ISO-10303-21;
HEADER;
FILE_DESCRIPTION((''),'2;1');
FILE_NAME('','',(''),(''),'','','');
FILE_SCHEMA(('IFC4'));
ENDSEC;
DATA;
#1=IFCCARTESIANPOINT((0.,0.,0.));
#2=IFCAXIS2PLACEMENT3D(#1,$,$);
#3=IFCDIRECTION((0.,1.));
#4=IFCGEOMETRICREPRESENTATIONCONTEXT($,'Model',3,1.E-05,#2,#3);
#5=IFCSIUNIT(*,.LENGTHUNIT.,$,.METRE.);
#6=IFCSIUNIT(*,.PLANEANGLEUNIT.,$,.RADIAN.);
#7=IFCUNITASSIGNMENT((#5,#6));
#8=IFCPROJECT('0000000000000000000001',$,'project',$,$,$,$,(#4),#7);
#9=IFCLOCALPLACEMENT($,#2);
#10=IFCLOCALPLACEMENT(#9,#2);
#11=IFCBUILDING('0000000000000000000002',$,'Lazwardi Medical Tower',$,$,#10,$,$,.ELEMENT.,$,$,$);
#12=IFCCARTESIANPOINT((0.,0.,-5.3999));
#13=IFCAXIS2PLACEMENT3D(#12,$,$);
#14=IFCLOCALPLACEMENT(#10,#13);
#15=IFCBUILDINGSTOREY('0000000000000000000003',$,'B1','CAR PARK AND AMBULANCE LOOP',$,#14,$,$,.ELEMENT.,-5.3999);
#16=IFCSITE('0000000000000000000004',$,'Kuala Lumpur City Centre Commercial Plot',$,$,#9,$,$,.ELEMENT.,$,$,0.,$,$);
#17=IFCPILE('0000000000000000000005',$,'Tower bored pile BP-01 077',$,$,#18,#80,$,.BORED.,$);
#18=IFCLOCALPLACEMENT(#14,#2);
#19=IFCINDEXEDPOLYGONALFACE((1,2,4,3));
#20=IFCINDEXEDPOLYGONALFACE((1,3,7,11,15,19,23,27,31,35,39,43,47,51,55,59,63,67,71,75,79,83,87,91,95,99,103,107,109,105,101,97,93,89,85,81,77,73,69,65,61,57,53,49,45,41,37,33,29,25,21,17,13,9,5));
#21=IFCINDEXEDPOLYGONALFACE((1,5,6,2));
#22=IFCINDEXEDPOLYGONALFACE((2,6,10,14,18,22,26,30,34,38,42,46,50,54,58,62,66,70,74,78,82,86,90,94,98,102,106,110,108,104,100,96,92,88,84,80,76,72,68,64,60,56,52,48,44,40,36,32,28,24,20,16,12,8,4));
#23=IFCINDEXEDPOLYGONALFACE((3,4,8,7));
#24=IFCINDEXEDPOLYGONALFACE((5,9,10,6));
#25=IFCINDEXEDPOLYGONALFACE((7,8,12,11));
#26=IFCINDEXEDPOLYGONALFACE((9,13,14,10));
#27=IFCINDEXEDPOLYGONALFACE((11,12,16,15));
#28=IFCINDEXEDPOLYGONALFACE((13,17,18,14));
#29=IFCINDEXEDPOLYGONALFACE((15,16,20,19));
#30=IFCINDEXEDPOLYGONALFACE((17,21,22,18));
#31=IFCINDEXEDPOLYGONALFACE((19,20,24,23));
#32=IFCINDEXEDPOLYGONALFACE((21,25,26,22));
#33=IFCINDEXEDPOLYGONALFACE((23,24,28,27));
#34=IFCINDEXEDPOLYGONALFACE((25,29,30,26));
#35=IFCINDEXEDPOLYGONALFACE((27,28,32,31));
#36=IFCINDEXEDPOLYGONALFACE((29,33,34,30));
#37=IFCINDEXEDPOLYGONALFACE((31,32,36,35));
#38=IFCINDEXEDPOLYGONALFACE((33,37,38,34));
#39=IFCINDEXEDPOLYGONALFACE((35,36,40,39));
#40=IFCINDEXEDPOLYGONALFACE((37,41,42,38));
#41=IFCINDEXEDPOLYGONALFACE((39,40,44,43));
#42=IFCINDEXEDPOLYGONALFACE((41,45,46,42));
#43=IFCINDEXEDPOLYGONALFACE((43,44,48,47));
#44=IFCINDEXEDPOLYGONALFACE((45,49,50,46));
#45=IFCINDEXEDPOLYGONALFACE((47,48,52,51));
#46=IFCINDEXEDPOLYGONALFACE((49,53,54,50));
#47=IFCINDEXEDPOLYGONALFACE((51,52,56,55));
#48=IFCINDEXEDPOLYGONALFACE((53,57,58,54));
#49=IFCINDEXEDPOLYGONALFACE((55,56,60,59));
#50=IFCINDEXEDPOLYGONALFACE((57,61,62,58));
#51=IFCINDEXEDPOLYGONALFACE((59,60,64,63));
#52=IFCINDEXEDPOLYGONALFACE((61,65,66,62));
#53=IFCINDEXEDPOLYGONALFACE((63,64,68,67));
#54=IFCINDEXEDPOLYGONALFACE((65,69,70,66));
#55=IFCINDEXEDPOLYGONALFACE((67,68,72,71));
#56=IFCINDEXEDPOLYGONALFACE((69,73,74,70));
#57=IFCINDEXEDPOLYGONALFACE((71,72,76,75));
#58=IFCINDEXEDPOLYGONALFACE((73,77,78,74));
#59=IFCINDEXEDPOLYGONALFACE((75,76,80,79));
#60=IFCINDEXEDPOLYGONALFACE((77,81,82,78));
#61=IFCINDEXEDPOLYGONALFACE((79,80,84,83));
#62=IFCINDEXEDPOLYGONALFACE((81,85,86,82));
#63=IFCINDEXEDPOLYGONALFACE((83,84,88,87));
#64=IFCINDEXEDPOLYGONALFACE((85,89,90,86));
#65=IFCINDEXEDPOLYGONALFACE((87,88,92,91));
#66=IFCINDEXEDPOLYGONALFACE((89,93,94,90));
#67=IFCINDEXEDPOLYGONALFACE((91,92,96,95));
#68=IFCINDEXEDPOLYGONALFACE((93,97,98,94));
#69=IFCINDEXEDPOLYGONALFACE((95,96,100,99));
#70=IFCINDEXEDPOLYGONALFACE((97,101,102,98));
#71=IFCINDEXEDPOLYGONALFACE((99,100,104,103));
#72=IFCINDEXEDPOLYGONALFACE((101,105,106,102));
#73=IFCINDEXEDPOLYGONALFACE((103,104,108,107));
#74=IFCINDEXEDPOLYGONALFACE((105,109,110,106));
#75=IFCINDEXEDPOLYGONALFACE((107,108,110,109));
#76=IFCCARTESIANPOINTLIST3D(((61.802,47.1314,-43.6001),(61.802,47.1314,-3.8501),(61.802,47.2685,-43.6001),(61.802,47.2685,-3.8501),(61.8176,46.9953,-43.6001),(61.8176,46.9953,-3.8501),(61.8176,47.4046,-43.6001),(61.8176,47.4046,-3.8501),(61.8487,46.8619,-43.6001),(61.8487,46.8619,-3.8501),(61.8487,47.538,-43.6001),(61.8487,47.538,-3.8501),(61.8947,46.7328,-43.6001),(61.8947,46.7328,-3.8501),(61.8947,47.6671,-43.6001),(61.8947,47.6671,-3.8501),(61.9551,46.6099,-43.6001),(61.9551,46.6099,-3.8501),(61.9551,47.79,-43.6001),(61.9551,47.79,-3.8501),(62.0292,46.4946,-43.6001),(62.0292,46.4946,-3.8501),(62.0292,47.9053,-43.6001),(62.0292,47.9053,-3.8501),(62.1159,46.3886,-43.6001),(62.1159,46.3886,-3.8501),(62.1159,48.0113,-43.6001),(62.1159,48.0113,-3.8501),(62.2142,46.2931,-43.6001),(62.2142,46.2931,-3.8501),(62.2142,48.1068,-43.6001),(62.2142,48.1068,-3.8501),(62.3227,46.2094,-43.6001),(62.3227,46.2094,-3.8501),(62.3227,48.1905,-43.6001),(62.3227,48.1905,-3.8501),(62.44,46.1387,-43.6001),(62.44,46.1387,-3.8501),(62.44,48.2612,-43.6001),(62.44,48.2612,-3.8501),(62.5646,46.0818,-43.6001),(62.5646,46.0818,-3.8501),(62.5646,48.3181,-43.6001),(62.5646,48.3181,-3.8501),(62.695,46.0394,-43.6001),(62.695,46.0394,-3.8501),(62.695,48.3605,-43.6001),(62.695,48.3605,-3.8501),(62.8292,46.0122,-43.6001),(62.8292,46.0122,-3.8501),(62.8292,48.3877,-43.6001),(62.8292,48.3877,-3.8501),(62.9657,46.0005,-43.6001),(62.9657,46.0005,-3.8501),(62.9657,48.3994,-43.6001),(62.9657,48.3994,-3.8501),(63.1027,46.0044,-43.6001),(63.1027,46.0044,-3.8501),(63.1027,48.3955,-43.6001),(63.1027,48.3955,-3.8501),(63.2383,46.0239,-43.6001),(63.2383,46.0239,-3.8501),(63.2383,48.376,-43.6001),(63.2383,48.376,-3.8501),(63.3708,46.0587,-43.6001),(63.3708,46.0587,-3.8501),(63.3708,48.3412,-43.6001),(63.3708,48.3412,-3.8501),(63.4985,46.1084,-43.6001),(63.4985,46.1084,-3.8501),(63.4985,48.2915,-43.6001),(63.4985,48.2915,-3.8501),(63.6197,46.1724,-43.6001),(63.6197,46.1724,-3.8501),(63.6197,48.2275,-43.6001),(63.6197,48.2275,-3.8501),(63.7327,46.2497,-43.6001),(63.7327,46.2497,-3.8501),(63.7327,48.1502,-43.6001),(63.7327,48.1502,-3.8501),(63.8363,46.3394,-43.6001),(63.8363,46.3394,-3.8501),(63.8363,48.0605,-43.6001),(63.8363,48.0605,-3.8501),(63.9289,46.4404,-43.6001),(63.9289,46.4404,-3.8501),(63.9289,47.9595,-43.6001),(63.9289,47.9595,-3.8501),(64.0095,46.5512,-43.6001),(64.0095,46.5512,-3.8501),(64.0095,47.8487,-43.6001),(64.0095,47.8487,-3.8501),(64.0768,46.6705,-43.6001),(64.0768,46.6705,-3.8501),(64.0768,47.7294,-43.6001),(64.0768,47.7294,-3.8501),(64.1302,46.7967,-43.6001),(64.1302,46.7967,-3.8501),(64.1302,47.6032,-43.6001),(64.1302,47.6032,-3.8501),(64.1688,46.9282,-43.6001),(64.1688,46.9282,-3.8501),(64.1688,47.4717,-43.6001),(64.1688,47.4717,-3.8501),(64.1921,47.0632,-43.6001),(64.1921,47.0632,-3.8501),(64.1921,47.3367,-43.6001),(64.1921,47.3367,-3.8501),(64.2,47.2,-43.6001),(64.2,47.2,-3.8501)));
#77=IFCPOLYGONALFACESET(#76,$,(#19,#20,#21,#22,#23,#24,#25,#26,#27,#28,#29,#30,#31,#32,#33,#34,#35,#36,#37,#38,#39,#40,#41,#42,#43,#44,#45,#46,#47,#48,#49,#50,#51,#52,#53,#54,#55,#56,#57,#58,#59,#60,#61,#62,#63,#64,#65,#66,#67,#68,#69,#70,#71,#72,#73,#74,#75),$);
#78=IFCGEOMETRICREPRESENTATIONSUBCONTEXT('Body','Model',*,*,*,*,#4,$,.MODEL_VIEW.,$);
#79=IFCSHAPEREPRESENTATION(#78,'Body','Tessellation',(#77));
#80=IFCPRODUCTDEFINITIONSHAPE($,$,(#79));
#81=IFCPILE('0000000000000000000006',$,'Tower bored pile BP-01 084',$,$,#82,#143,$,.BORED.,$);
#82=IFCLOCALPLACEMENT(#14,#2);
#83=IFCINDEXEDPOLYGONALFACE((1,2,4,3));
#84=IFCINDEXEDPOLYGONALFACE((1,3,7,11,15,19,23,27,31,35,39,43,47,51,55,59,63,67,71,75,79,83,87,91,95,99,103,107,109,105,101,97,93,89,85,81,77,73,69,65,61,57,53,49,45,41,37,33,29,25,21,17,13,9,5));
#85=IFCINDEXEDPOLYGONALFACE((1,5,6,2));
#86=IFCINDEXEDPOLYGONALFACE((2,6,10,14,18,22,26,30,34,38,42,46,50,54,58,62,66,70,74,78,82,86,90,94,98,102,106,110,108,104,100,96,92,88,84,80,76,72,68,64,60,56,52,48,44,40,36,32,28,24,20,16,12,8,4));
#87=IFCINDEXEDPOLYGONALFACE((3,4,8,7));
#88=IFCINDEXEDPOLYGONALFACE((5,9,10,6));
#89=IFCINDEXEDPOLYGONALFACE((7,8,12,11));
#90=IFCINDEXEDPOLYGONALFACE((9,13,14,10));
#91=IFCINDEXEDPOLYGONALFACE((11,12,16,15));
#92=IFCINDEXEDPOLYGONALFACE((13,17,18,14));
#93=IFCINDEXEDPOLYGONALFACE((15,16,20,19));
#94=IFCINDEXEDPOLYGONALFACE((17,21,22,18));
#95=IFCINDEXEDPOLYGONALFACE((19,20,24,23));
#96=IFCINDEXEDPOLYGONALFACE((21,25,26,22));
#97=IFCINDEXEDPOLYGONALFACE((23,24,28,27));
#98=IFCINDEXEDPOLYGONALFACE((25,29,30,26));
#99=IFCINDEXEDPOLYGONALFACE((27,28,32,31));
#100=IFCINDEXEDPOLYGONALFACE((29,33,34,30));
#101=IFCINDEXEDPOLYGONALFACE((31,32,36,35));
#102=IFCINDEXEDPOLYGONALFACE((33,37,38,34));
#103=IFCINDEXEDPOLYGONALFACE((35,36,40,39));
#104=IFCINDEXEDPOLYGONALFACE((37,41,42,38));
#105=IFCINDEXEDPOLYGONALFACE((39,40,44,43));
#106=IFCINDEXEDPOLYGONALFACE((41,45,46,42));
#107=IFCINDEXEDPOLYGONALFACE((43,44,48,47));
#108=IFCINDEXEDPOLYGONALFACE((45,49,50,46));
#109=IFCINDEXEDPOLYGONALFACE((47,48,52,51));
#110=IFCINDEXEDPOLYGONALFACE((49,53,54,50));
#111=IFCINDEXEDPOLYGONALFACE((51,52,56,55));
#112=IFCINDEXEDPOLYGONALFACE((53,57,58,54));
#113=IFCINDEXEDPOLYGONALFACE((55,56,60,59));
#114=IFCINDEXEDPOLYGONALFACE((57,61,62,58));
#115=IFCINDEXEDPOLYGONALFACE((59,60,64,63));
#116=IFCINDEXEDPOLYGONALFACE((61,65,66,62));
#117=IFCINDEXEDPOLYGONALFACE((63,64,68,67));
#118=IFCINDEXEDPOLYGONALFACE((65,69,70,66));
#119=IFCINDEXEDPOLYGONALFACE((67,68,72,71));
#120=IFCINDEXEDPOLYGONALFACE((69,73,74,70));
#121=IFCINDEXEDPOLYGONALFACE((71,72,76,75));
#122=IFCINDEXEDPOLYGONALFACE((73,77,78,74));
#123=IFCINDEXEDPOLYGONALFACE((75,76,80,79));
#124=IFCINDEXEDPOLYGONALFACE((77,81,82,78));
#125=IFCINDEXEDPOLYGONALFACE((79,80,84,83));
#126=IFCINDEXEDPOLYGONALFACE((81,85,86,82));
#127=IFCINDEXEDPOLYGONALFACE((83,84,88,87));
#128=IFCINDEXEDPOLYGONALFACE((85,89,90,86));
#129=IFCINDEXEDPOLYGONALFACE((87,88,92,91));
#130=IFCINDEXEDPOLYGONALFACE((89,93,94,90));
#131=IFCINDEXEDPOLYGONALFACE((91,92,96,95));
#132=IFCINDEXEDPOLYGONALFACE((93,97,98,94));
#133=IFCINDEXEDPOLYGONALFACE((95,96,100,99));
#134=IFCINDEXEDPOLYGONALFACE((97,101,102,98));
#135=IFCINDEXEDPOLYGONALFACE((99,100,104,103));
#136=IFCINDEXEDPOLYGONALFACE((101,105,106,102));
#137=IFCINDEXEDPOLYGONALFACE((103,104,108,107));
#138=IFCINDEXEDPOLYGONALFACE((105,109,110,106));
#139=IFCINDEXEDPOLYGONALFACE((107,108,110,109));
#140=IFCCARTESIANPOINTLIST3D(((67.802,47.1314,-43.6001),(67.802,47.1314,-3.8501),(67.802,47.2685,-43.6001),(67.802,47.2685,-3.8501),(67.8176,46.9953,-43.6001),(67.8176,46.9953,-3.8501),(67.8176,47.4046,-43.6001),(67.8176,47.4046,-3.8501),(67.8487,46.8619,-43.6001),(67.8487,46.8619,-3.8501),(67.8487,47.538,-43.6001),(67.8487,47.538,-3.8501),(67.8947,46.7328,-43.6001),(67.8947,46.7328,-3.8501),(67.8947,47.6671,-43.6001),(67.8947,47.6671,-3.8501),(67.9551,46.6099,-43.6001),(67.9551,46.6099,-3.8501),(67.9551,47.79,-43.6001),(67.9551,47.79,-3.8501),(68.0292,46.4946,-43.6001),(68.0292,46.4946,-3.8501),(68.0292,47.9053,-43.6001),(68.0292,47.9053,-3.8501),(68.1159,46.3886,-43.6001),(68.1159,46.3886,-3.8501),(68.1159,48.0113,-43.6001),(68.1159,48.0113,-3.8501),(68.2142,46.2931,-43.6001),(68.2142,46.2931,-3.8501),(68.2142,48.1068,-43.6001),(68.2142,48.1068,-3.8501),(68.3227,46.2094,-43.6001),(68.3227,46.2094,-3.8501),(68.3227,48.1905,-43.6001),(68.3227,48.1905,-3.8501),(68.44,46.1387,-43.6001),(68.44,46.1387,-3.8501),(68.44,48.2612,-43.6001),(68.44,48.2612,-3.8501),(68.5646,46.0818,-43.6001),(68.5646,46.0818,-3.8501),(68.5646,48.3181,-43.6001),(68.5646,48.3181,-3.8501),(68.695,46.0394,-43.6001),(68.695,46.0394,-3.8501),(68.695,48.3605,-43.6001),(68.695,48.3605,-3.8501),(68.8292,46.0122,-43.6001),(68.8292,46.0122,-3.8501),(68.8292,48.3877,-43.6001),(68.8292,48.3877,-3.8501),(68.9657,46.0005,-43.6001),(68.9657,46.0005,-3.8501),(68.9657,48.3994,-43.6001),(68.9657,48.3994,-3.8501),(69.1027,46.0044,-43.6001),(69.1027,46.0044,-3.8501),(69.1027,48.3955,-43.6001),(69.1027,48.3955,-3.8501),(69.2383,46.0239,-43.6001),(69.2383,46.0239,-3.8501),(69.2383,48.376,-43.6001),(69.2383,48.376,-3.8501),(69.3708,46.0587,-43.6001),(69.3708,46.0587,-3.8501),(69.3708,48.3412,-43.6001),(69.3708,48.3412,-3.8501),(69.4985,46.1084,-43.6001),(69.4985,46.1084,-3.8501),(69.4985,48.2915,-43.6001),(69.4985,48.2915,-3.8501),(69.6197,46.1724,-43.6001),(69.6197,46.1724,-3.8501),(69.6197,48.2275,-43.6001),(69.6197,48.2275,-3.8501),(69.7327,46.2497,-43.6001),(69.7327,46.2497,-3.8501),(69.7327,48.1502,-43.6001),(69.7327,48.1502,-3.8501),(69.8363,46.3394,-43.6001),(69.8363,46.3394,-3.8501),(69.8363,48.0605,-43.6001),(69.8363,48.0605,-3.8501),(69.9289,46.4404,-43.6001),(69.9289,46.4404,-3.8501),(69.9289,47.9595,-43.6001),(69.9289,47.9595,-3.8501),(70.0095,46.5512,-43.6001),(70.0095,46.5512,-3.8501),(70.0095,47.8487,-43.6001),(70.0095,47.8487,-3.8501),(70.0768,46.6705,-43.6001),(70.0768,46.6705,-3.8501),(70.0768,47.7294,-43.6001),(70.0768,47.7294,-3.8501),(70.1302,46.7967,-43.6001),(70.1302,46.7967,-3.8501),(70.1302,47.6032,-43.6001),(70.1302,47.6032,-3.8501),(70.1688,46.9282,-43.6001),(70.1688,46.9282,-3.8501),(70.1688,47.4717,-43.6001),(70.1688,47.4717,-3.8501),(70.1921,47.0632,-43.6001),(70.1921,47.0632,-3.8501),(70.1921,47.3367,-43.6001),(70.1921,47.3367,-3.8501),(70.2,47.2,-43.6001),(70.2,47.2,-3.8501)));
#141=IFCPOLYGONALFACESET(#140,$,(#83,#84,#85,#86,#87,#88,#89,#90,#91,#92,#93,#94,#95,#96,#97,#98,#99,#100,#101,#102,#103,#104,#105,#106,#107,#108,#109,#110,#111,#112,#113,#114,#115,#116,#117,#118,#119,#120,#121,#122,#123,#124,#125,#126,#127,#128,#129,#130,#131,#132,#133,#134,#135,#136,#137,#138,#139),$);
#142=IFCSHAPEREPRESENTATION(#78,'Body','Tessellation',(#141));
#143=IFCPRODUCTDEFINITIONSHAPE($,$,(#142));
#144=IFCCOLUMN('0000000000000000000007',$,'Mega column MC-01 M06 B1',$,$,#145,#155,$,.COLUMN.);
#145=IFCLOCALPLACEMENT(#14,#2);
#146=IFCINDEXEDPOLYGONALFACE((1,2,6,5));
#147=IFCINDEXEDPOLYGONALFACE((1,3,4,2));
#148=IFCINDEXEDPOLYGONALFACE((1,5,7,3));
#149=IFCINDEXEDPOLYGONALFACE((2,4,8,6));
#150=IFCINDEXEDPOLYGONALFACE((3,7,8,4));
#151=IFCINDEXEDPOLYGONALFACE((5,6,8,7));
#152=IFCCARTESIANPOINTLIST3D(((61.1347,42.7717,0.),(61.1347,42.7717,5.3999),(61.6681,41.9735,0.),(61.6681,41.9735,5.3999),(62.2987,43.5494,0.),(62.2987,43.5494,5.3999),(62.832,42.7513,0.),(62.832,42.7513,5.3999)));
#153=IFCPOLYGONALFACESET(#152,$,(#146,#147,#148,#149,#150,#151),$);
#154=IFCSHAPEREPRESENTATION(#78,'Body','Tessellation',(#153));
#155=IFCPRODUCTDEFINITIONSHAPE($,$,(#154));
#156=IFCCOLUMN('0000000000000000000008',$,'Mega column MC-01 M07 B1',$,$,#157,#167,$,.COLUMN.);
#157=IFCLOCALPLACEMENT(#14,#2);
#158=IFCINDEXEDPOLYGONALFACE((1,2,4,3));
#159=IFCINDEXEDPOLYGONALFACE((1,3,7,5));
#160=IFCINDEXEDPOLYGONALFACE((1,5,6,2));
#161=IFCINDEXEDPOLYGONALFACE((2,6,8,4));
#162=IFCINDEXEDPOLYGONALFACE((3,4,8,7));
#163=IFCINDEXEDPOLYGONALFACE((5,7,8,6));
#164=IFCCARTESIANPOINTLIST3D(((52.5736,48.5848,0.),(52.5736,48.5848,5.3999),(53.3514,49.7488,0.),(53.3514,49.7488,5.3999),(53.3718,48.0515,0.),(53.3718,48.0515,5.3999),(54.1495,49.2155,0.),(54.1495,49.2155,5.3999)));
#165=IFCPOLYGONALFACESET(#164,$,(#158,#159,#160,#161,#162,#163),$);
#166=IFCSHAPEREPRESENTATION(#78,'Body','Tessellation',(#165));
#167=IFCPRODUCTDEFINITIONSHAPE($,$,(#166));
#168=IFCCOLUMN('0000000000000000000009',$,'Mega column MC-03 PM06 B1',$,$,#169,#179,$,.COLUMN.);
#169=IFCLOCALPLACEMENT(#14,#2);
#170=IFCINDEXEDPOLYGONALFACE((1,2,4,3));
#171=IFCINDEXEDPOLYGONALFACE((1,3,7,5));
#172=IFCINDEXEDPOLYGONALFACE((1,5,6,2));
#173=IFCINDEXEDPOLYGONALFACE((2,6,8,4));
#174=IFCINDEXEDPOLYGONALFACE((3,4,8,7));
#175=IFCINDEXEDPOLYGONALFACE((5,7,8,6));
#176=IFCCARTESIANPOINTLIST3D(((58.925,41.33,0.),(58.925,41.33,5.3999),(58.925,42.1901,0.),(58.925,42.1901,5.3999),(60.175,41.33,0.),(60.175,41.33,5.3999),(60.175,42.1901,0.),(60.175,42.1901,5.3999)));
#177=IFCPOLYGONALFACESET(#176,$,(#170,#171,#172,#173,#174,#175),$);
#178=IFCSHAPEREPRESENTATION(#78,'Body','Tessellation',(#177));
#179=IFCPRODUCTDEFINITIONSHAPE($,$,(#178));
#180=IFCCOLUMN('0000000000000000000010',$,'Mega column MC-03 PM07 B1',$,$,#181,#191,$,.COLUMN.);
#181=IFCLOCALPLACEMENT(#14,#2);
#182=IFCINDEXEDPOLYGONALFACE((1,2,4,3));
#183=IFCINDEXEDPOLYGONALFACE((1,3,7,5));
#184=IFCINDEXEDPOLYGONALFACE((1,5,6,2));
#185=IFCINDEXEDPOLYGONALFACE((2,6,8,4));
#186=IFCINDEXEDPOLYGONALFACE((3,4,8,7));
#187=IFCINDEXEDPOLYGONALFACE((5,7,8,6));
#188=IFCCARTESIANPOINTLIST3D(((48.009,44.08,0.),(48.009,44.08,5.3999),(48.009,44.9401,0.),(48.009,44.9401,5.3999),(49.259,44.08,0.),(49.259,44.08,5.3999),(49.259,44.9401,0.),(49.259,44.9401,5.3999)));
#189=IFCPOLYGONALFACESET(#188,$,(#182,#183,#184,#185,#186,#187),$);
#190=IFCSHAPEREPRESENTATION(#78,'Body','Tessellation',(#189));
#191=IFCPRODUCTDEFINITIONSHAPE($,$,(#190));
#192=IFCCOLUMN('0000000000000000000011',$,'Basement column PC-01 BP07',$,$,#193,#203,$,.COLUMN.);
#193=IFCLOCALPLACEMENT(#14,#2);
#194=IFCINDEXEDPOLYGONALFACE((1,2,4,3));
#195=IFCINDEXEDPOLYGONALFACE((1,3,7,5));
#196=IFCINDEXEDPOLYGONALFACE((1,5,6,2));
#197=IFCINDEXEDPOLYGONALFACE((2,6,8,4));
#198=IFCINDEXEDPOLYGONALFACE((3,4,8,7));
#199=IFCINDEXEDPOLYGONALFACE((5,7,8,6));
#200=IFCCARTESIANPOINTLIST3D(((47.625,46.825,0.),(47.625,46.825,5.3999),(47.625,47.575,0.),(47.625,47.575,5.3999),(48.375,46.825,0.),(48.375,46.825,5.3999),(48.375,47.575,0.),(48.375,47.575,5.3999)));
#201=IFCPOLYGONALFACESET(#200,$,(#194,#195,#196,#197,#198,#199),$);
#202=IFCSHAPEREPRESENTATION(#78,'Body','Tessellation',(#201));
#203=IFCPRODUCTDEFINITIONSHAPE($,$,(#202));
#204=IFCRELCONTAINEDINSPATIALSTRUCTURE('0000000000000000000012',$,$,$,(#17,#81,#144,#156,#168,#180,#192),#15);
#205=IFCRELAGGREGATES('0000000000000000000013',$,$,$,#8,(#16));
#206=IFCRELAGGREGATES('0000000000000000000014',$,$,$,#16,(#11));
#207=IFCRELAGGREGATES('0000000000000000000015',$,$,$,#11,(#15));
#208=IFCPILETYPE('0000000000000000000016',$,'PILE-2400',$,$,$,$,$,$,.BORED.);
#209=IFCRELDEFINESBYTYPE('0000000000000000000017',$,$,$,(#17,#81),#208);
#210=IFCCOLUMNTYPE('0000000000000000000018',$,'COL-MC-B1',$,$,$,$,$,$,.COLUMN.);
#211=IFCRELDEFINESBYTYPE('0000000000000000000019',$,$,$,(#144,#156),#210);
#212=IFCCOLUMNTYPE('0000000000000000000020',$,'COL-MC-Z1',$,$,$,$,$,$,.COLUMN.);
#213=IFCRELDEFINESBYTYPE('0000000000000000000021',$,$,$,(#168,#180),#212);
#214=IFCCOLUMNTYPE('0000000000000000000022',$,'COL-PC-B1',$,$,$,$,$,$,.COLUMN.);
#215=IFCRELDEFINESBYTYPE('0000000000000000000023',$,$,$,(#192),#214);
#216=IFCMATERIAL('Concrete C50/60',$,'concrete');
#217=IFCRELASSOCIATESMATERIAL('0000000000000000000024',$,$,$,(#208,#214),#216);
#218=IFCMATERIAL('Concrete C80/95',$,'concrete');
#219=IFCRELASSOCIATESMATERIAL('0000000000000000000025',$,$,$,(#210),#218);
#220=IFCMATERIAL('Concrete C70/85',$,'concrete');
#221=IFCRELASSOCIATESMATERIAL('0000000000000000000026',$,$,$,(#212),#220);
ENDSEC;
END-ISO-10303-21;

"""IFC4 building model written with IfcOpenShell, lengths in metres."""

from ifc_helpers import new_model, si_unit, direction, frame, origin, origin_2d, place, context, subcontext, project, spatial, rectangle, circle, extrude, material, material_profile, profile_set, type_object, element, save


model = new_model("IFC4")

# Units and contexts
model_context = context("Model", 3, precision=1e-05, world=origin(), true_north=direction((0.0, 1.0)))
body_context = subcontext(model_context, "Body", "Model", "MODEL_VIEW")
ifc_project = project(units=[si_unit("LENGTHUNIT", "METRE"), si_unit("PLANEANGLEUNIT", "RADIAN")], contexts=[model_context])

# Site, building, storey
site_placement = place(None, origin())
site = spatial("IfcSite", under=ifc_project, at=site_placement, Name="Kuala Lumpur City Centre Commercial Plot", CompositionType="ELEMENT", RefElevation=0.0)
building_placement = place(site_placement, origin())
building = spatial("IfcBuilding", under=site, at=building_placement, Name="Lazwardi Medical Tower", CompositionType="ELEMENT")
storey_placement = place(building_placement, frame((0.0, 0.0, -5.3999)))
storey = spatial("IfcBuildingStorey", under=building, at=storey_placement, Name="B1", Description="CAR PARK AND AMBULANCE LOOP", CompositionType="ELEMENT", Elevation=-5.3999)

# Piles
ifc_material_1 = material(Name="Concrete C50/60", Category="concrete")
ifc_material_profile_1 = material_profile(ifc_material_1, circle(Radius=1.2, at=origin_2d()), Name="BORED PILE D2400")
ifc_profile_set_1 = profile_set([ifc_material_profile_1], Name="Concrete C50/60")
pile_type_1 = type_object("IfcPileType", Name="PILE-2400", PredefinedType="BORED", material=ifc_profile_set_1)
for number, where, z_axis, x_axis, name in (
    (1, (63.0, 47.2, -3.8501), (0.0, 0.0, -1.0), (1.0, 0.0, 0.0), "Tower bored pile BP-01 077"),
    (2, (69.0, 47.2, -3.8501), (0.0, 0.0, -1.0), (1.0, 0.0, 0.0), "Tower bored pile BP-01 084"),
):
    element("IfcPile", number, at=place(storey_placement, frame(where, z_axis=z_axis, x_axis=x_axis)), inside=storey, type_object=pile_type_1, Name=name, PredefinedType="BORED", context=body_context, shape_type="SweptSolid", body=[
        extrude(circle(Radius=1.2, at=origin_2d()), origin(), (0.0, 0.0, 1.0), 39.75),
    ])

# Columns
ifc_material_2 = material(Name="Concrete C80/95", Category="concrete")
ifc_material_profile_2 = material_profile(ifc_material_2, rectangle(XDim=1.3999, YDim=0.96, at=origin_2d()), Name="CFT-RECT 1400x960")
ifc_profile_set_2 = profile_set([ifc_material_profile_2], Name="Concrete C80/95")
column_type_1 = type_object("IfcColumnType", Name="COL-MC-B1", PredefinedType="COLUMN", material=ifc_profile_set_2)
for number, where, z_axis, x_axis, name in (
    (3, (61.9834, 42.7615, 0.0), (0.0, 0.0, 1.0), (0.83147, 0.55557, 0.0), "Mega column MC-01 M06 B1"),
    (4, (53.3616, 48.9001, 0.0), (0.0, 0.0, 1.0), (0.55557, 0.83147, 0.0), "Mega column MC-01 M07 B1"),
):
    element("IfcColumn", number, at=place(storey_placement, frame(where, z_axis=z_axis, x_axis=x_axis)), inside=storey, type_object=column_type_1, Name=name, PredefinedType="COLUMN", context=body_context, shape_type="SweptSolid", body=[
        extrude(rectangle(XDim=1.3999, YDim=0.96, at=origin_2d()), origin(), (0.0, 0.0, 1.0), 5.3999),
    ])
ifc_material_3 = material(Name="Concrete C70/85", Category="concrete")
ifc_material_profile_3 = material_profile(ifc_material_3, rectangle(XDim=1.25, YDim=0.8601, at=origin_2d()), Name="CFT-RECT 1250x860")
ifc_profile_set_3 = profile_set([ifc_material_profile_3], Name="Concrete C70/85")
column_type_2 = type_object("IfcColumnType", Name="COL-MC-Z1", PredefinedType="COLUMN", material=ifc_profile_set_3)
for number, where, z_axis, x_axis, name in (
    (5, (59.55, 41.76, 0.0), (0.0, 0.0, 1.0), (1.0, 0.0, 0.0), "Mega column MC-03 PM06 B1"),
    (6, (48.634, 44.51, 0.0), (0.0, 0.0, 1.0), (1.0, 0.0, 0.0), "Mega column MC-03 PM07 B1"),
):
    element("IfcColumn", number, at=place(storey_placement, frame(where, z_axis=z_axis, x_axis=x_axis)), inside=storey, type_object=column_type_2, Name=name, PredefinedType="COLUMN", context=body_context, shape_type="SweptSolid", body=[
        extrude(rectangle(XDim=1.25, YDim=0.8601, at=origin_2d()), origin(), (0.0, 0.0, 1.0), 5.3999),
    ])
ifc_material_profile_4 = material_profile(ifc_material_1, rectangle(XDim=0.75, YDim=0.75, at=origin_2d()), Name="RC 750x750")
ifc_profile_set_4 = profile_set([ifc_material_profile_4], Name="Concrete C50/60")
column_type_3 = type_object("IfcColumnType", Name="COL-PC-B1", PredefinedType="COLUMN", material=ifc_profile_set_4)
for number, where, z_axis, x_axis, name in (
    (7, (48.0, 47.2, 0.0), (0.0, 0.0, 1.0), (1.0, 0.0, 0.0), "Basement column PC-01 BP07"),
):
    element("IfcColumn", number, at=place(storey_placement, frame(where, z_axis=z_axis, x_axis=x_axis)), inside=storey, type_object=column_type_3, Name=name, PredefinedType="COLUMN", context=body_context, shape_type="SweptSolid", body=[
        extrude(rectangle(XDim=0.75, YDim=0.75, at=origin_2d()), origin(), (0.0, 0.0, 1.0), 5.3999),
    ])

save(model, "model.ifc")
